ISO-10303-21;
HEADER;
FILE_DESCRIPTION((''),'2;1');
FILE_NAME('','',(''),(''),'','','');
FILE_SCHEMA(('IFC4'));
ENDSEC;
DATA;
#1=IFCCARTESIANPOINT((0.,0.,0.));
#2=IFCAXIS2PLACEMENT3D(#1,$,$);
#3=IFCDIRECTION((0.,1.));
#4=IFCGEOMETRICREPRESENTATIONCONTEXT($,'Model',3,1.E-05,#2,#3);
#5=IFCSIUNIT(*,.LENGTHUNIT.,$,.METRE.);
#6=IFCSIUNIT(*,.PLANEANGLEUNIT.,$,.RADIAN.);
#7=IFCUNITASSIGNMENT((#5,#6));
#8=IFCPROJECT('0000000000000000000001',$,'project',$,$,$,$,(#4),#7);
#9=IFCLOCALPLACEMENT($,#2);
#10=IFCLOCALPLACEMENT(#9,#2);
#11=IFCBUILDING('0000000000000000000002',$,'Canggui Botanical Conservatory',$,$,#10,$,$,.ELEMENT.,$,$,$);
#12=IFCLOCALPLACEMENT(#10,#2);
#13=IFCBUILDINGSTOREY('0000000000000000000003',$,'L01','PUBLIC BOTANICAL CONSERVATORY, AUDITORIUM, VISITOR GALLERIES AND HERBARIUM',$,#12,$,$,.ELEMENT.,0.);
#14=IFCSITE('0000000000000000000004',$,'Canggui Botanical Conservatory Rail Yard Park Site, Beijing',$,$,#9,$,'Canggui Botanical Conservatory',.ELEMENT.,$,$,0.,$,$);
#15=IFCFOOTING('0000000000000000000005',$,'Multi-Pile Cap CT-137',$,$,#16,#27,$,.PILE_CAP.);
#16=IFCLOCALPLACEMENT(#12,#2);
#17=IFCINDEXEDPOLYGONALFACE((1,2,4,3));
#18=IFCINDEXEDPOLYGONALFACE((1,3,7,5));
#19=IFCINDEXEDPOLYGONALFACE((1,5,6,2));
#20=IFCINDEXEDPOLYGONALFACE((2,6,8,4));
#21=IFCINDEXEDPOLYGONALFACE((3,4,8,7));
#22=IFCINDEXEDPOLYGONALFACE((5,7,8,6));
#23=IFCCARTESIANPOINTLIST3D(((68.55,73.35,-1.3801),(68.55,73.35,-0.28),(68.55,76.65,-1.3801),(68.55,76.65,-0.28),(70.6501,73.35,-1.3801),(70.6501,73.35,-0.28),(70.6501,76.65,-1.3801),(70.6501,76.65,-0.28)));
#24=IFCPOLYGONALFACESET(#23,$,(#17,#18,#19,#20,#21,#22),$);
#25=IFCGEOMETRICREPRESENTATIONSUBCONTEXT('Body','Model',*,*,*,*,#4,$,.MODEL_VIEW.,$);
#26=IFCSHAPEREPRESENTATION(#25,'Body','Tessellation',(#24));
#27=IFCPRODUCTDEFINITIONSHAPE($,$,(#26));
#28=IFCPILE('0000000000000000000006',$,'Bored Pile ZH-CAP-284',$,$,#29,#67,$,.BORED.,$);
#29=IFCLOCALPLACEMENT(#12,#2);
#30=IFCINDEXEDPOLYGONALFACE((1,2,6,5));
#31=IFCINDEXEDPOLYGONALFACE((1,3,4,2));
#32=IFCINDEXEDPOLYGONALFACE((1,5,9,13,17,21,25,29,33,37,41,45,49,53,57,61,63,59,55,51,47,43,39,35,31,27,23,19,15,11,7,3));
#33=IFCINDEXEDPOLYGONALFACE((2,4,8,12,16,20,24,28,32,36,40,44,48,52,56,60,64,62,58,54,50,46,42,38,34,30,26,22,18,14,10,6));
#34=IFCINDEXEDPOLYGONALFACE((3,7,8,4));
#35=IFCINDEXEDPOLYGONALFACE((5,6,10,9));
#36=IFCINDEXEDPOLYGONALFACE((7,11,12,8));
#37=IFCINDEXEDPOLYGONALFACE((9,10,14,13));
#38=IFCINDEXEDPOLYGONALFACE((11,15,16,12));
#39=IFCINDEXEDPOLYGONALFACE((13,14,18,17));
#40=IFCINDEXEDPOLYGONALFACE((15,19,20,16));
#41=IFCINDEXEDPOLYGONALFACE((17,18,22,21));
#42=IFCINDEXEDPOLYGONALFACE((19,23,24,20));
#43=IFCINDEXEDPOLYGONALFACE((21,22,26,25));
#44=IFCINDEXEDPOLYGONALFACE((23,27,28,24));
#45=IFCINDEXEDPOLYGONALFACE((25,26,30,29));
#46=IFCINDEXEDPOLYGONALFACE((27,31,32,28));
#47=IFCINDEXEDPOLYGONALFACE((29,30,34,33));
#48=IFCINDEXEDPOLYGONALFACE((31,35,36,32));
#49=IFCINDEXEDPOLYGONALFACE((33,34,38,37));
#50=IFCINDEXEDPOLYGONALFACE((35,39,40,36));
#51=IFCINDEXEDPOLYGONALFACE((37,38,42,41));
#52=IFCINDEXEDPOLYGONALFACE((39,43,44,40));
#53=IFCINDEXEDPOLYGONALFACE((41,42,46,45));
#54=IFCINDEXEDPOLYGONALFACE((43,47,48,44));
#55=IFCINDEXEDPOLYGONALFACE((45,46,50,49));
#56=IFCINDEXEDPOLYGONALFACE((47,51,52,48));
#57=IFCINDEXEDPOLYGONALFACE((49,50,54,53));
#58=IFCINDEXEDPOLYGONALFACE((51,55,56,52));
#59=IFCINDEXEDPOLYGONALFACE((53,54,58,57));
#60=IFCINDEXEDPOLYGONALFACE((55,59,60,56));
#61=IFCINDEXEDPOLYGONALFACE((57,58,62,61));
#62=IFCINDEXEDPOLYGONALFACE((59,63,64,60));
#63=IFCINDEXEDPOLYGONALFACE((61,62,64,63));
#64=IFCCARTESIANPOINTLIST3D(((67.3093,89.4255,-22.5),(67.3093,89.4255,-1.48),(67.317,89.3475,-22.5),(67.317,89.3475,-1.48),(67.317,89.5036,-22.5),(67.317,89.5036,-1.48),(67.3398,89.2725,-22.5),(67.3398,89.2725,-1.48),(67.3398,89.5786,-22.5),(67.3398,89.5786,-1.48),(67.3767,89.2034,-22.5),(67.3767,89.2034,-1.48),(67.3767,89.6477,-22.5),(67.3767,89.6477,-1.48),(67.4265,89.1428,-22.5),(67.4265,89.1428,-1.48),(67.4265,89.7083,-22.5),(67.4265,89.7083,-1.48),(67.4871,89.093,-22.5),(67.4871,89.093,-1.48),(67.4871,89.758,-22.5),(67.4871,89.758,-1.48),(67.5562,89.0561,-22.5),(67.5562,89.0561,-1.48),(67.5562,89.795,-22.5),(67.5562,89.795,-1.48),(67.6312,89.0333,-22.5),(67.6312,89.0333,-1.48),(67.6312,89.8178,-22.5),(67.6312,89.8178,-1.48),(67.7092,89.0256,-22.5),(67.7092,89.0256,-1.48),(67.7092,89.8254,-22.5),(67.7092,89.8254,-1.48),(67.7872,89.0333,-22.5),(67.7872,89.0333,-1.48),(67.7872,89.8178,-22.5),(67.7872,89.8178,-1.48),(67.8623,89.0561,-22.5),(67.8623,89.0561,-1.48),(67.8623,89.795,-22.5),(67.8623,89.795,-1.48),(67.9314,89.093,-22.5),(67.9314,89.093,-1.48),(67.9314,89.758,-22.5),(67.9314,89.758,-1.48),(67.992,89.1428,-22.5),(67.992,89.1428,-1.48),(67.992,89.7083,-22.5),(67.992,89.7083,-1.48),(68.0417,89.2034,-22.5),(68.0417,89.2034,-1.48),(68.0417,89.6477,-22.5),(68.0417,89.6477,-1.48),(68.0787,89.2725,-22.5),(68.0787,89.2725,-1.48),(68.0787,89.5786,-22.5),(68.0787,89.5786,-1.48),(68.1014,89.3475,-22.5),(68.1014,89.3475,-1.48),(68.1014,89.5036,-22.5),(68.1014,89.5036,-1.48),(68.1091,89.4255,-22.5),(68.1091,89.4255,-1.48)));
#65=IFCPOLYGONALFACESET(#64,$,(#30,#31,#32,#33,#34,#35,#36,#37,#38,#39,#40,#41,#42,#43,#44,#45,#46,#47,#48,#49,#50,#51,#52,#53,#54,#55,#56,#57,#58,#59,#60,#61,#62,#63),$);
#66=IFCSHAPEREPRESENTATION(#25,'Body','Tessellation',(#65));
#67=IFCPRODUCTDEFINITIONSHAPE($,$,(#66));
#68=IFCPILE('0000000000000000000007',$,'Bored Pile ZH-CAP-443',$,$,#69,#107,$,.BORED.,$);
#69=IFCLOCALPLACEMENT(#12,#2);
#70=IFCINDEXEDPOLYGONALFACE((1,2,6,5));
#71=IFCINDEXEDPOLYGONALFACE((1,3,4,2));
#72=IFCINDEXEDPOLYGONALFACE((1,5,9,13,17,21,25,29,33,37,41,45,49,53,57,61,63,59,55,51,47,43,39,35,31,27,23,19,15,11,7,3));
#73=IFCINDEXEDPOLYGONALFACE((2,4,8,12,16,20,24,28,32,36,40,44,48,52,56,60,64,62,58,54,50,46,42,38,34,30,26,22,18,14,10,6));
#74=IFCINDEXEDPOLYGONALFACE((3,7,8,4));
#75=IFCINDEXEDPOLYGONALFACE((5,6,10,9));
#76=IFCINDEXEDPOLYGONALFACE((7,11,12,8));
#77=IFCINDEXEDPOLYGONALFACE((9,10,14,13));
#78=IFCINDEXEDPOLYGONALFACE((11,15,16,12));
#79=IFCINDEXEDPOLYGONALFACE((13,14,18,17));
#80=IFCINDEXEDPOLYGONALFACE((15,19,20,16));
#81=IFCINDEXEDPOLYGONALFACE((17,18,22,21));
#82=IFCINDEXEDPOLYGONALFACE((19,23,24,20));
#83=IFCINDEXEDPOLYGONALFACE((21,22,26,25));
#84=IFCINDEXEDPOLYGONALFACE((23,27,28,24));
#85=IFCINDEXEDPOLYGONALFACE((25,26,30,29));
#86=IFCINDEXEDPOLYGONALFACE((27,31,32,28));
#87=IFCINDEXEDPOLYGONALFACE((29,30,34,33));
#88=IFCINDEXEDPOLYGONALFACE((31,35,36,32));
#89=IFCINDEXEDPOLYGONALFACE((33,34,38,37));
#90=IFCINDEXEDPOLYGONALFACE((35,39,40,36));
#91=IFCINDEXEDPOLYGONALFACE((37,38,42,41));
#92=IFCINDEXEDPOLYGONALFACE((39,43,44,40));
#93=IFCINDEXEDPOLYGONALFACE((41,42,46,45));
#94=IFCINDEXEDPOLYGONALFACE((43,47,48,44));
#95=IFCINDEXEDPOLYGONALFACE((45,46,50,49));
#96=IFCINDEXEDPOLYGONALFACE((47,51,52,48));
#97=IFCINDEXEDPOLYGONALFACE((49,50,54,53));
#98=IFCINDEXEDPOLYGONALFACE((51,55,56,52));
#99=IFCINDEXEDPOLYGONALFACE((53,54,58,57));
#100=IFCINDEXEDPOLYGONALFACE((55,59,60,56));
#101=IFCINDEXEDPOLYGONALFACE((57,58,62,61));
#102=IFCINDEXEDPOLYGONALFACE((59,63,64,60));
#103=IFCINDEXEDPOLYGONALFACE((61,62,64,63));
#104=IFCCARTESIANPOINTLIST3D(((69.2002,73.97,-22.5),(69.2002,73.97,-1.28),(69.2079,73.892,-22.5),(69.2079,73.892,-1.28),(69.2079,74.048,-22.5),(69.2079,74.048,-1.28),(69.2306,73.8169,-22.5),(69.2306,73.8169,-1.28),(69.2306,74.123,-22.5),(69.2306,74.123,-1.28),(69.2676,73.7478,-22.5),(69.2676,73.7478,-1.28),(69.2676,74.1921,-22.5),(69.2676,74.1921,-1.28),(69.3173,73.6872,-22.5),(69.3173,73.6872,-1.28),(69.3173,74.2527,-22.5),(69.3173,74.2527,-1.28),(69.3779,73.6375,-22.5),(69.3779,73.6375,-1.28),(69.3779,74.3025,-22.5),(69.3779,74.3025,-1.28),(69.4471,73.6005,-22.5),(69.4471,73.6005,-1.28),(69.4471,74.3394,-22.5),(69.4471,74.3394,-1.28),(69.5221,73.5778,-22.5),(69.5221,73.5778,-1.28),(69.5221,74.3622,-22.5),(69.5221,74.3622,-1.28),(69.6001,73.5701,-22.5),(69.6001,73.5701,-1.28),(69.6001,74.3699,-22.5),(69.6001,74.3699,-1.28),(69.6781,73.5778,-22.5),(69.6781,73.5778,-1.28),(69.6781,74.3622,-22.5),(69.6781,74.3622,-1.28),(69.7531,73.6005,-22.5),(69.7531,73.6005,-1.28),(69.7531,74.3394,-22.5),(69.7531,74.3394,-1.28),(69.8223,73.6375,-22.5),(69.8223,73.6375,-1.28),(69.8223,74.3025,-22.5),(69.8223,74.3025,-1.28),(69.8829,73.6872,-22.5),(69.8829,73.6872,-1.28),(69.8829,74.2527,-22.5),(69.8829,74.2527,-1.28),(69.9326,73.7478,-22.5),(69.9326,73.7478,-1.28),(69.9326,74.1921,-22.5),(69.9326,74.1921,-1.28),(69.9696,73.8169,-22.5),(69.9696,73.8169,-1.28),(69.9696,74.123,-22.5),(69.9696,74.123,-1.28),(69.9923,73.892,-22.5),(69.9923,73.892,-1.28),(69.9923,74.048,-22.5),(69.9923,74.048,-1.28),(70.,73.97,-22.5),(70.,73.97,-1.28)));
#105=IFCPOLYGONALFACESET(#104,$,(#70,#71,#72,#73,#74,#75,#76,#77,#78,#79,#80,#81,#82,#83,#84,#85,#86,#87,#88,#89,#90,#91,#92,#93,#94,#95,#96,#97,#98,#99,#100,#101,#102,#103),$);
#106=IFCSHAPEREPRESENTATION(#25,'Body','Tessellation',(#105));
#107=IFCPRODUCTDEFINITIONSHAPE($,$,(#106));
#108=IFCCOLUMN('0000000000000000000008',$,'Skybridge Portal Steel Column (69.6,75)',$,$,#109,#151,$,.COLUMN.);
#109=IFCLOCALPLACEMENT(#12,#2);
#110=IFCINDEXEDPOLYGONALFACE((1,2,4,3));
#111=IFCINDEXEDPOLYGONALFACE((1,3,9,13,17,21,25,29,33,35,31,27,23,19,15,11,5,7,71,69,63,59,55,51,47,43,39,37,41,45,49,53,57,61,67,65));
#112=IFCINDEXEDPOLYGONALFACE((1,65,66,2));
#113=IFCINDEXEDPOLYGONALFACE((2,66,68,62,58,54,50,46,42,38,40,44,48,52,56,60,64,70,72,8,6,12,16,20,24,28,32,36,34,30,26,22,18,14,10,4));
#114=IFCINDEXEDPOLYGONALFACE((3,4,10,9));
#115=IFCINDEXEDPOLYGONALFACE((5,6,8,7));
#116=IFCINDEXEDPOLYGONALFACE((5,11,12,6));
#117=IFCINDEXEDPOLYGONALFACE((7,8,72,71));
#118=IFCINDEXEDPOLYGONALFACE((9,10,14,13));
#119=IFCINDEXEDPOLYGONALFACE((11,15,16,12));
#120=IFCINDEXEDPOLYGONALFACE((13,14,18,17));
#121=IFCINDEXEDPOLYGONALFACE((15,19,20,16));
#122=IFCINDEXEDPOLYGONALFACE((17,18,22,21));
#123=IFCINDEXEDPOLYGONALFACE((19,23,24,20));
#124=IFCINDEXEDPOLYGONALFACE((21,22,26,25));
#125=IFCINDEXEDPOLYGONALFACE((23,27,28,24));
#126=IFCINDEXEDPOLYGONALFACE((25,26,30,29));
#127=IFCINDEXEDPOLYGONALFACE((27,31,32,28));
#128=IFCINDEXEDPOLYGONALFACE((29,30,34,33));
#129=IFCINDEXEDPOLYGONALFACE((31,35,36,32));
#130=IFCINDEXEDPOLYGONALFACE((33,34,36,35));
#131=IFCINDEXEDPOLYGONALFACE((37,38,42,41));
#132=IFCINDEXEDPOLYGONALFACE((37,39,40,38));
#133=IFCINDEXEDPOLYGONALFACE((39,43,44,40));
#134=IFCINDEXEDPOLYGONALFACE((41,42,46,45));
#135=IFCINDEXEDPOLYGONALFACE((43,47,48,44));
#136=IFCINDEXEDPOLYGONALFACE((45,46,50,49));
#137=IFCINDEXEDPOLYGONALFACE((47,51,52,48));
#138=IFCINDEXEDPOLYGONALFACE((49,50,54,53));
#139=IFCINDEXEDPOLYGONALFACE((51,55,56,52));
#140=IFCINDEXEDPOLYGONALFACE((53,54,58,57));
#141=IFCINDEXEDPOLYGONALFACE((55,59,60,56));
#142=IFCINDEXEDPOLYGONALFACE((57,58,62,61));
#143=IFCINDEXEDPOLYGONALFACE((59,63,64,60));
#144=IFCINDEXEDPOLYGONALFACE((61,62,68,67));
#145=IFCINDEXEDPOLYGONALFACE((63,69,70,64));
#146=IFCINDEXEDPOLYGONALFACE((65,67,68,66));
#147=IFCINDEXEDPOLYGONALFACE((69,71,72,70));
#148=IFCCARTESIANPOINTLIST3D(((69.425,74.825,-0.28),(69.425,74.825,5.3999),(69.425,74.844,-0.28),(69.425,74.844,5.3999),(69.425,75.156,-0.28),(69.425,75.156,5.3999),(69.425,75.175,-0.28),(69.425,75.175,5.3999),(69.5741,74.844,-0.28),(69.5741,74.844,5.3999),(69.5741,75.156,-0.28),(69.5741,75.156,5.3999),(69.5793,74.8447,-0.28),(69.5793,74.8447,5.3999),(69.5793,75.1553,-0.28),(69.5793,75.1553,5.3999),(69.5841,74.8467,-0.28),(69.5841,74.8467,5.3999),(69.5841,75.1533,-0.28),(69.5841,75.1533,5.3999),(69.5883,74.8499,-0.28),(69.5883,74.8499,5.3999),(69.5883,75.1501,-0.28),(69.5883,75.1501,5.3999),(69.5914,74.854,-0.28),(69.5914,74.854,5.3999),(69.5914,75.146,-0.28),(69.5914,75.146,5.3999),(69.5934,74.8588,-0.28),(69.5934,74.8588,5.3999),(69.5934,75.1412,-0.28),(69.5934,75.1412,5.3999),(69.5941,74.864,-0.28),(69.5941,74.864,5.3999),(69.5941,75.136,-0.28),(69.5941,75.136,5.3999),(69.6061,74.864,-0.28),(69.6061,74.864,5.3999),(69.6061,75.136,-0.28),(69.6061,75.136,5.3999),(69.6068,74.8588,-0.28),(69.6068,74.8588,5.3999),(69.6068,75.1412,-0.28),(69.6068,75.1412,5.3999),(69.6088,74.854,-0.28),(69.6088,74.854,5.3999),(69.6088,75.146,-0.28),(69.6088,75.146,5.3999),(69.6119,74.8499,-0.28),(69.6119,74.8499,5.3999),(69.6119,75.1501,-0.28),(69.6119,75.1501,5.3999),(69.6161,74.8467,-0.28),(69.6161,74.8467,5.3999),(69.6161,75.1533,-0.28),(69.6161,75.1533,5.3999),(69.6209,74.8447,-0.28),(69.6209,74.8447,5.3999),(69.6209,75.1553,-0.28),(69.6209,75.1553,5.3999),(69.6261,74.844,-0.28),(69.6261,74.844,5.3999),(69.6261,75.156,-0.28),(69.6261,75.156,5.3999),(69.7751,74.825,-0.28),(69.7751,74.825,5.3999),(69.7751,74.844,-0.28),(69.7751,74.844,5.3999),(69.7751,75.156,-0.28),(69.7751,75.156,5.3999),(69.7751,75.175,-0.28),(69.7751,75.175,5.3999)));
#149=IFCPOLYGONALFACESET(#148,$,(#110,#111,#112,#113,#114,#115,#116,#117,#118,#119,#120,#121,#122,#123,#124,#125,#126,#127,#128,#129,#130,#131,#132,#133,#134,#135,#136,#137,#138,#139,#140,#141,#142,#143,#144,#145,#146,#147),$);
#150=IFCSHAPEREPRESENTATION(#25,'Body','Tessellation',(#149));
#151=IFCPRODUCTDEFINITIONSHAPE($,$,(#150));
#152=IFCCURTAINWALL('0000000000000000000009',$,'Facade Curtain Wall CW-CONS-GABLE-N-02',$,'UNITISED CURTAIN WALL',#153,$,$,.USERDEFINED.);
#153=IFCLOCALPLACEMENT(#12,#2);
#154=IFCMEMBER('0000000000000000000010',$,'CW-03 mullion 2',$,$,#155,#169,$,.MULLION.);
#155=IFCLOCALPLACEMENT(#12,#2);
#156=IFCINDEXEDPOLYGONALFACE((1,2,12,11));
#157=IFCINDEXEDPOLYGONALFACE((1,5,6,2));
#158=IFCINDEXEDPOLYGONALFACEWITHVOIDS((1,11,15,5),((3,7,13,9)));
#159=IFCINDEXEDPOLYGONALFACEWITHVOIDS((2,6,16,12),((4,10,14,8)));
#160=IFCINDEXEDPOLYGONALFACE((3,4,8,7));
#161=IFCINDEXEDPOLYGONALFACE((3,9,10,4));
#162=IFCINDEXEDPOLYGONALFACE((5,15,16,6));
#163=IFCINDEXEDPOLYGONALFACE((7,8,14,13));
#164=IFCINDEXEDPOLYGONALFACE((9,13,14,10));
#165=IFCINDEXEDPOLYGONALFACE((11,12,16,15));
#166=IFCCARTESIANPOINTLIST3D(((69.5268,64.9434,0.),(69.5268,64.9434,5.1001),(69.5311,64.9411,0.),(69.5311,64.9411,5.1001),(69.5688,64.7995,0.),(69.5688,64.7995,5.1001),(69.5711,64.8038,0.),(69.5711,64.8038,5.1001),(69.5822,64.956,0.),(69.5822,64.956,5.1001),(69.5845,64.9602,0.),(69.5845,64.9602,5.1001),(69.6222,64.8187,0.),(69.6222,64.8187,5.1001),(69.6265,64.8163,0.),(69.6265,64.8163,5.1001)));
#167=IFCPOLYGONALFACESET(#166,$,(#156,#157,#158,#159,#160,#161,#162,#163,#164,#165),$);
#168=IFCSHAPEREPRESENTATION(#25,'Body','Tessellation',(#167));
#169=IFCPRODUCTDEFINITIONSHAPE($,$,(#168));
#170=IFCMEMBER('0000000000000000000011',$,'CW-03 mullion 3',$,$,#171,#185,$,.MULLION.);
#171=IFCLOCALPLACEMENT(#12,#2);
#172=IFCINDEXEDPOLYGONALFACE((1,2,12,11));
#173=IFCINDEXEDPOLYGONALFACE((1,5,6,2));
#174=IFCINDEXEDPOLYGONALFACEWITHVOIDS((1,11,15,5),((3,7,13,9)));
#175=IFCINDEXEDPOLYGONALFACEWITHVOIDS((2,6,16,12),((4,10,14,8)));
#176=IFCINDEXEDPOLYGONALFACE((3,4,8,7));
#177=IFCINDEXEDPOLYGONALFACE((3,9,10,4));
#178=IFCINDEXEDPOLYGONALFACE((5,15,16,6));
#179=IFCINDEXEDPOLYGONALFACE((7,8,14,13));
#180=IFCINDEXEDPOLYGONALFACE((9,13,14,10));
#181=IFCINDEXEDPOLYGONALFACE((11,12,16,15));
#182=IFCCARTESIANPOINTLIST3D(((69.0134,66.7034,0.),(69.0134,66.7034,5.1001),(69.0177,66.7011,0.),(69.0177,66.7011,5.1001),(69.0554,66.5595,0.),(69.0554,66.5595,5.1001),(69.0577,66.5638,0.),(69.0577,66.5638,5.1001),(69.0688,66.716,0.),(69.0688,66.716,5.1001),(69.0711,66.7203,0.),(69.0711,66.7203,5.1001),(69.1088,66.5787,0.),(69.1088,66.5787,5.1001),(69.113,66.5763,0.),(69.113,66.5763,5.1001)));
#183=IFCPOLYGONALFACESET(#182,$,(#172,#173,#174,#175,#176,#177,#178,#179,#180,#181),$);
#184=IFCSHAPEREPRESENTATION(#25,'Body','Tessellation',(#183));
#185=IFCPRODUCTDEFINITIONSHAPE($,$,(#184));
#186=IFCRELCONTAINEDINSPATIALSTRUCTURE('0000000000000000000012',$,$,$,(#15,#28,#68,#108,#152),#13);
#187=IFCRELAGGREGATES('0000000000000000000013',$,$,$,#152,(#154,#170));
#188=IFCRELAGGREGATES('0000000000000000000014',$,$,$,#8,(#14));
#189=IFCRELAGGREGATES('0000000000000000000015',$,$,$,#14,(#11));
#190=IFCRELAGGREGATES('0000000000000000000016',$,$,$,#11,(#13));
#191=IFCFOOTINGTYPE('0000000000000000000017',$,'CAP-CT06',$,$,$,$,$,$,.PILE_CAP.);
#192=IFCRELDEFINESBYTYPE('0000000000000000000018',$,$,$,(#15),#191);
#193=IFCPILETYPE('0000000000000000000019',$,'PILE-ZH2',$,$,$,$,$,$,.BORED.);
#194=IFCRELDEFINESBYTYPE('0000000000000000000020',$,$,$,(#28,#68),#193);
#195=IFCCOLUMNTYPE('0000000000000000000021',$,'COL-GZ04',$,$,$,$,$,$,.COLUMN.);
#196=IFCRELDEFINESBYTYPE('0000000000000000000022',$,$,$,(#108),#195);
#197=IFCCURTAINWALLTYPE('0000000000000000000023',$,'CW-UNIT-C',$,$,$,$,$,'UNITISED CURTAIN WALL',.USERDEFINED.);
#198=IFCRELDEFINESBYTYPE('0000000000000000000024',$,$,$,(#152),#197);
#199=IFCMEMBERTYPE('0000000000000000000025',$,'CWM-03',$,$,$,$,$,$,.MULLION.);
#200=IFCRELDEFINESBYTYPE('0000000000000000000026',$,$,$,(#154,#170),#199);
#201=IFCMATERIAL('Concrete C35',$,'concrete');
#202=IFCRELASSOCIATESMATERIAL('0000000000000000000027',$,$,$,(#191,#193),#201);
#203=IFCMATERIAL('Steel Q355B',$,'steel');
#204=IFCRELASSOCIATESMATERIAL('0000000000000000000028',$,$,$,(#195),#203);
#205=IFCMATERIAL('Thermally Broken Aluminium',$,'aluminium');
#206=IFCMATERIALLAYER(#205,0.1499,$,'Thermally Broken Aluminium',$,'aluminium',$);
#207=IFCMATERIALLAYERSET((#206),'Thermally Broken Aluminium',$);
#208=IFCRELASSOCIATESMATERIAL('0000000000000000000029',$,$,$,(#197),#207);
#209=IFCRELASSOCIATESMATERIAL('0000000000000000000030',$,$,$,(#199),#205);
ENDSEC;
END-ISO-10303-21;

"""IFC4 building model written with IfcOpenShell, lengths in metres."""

from ifc_helpers import new_model, si_unit, direction, frame, origin, origin_2d, place, context, subcontext, project, spatial, rectangle, hollow_rectangle, circle, i_section, extrude, material, layer, layer_set, material_profile, profile_set, type_object, element, aggregate, save


model = new_model("IFC4")

# Units and contexts
model_context = context("Model", 3, precision=1e-05, world=origin(), true_north=direction((0.0, 1.0)))
body_context = subcontext(model_context, "Body", "Model", "MODEL_VIEW")
ifc_project = project(units=[si_unit("LENGTHUNIT", "METRE"), si_unit("PLANEANGLEUNIT", "RADIAN")], contexts=[model_context])

# Site, building, storey
site_placement = place(None, origin())
site = spatial("IfcSite", under=ifc_project, at=site_placement, Name="Canggui Botanical Conservatory Rail Yard Park Site, Beijing", LongName="Canggui Botanical Conservatory", CompositionType="ELEMENT", RefElevation=0.0)
building_placement = place(site_placement, origin())
building = spatial("IfcBuilding", under=site, at=building_placement, Name="Canggui Botanical Conservatory", CompositionType="ELEMENT")
storey_placement = place(building_placement, origin())
storey = spatial("IfcBuildingStorey", under=building, at=storey_placement, Name="L01", Description="PUBLIC BOTANICAL CONSERVATORY, AUDITORIUM, VISITOR GALLERIES AND HERBARIUM", CompositionType="ELEMENT", Elevation=0.0)

# Footing
ifc_material_1 = material(Name="Concrete C35", Category="concrete")
footing_type = type_object("IfcFootingType", Name="CAP-CT06", PredefinedType="PILE_CAP", material=ifc_material_1)
footing_placement = place(storey_placement, frame((69.6001, 75.0, -1.3801), z_axis=(0.0, 0.0, 1.0), x_axis=(0.0, 1.0, 0.0)))
element("IfcFooting", 1, at=footing_placement, inside=storey, type_object=footing_type, Name="Multi-Pile Cap CT-137", PredefinedType="PILE_CAP", context=body_context, shape_type="SweptSolid", body=[
    extrude(rectangle(XDim=3.3, YDim=2.1001, at=origin_2d()), origin(), (0.0, 0.0, 1.0), 1.1001),
])

# Piles
ifc_material_profile_1 = material_profile(ifc_material_1, circle(Radius=0.3999, at=origin_2d()), Name="PILE D800")
ifc_profile_set_1 = profile_set([ifc_material_profile_1], Name="Concrete C35")
pile_type = type_object("IfcPileType", Name="PILE-ZH2", PredefinedType="BORED", material=ifc_profile_set_1)
pile_1_placement = place(storey_placement, frame((67.7092, 89.4255, -1.48), z_axis=(0.0, 0.0, -1.0), x_axis=(1.0, 0.0, 0.0)))
element("IfcPile", 2, at=pile_1_placement, inside=storey, type_object=pile_type, Name="Bored Pile ZH-CAP-284", PredefinedType="BORED", context=body_context, shape_type="SweptSolid", body=[
    extrude(circle(Radius=0.3999, at=origin_2d()), origin(), (0.0, 0.0, 1.0), 21.02),
])
pile_2_placement = place(storey_placement, frame((69.6001, 73.97, -1.28), z_axis=(0.0, 0.0, -1.0), x_axis=(1.0, 0.0, 0.0)))
element("IfcPile", 3, at=pile_2_placement, inside=storey, type_object=pile_type, Name="Bored Pile ZH-CAP-443", PredefinedType="BORED", context=body_context, shape_type="SweptSolid", body=[
    extrude(circle(Radius=0.3999, at=origin_2d()), origin(), (0.0, 0.0, 1.0), 21.22),
])

# Column
ifc_material_2 = material(Name="Steel Q355B", Category="steel")
ifc_material_profile_2 = material_profile(ifc_material_2, i_section(OverallWidth=0.3501, OverallDepth=0.3501, WebThickness=0.012, FlangeThickness=0.019, FilletRadius=0.02, at=origin_2d()), Name="HW 350x350x12x19")
ifc_profile_set_2 = profile_set([ifc_material_profile_2], Name="Steel Q355B")
column_type = type_object("IfcColumnType", Name="COL-GZ04", PredefinedType="COLUMN", material=ifc_profile_set_2)
column_placement = place(storey_placement, frame((69.6001, 75.0, -0.28), z_axis=(0.0, 0.0, 1.0), x_axis=(1.0, 0.0, 0.0)))
element("IfcColumn", 4, at=column_placement, inside=storey, type_object=column_type, Name="Skybridge Portal Steel Column (69.6,75)", PredefinedType="COLUMN", context=body_context, shape_type="SweptSolid", body=[
    extrude(i_section(OverallWidth=0.3501, OverallDepth=0.3501, WebThickness=0.012, FlangeThickness=0.019, FilletRadius=0.02, at=origin_2d()), origin(), (0.0, 0.0, 1.0), 5.6799),
])

# Curtain wall, members
ifc_material_3 = material(Name="Thermally Broken Aluminium", Category="aluminium")
ifc_layer_1 = layer(ifc_material_3, 0.1499, Name="Thermally Broken Aluminium", Category="aluminium")
ifc_layer_set_1 = layer_set([ifc_layer_1], Name="Thermally Broken Aluminium")
curtain_wall_type = type_object("IfcCurtainWallType", Name="CW-UNIT-C", ElementType="UNITISED CURTAIN WALL", PredefinedType="USERDEFINED", material=ifc_layer_set_1)
curtain_wall_1_placement = place(storey_placement, origin())
curtain_wall_1 = element("IfcCurtainWall", 5, at=curtain_wall_1_placement, inside=storey, type_object=curtain_wall_type, Name="Facade Curtain Wall CW-CONS-GABLE-N-02", ObjectType="UNITISED CURTAIN WALL", PredefinedType="USERDEFINED")
ifc_material_profile_3 = material_profile(ifc_material_3, hollow_rectangle(XDim=0.0601, YDim=0.1499, WallThickness=0.0034, at=origin_2d()), Name="CWM 60x150x3.5")
ifc_profile_set_3 = profile_set([ifc_material_profile_3], Name="Thermally Broken Aluminium")
member_type_1 = type_object("IfcMemberType", Name="CWM-03", PredefinedType="MULLION", material=ifc_profile_set_3)
member_1_placement = place(storey_placement, frame((69.5767, 64.8799, 0.0), z_axis=(0.0, 0.0, 1.0), x_axis=(-0.96, -0.28, 0.0)))
member_1 = element("IfcMember", 6, at=member_1_placement, type_object=member_type_1, Name="CW-03 mullion 2", PredefinedType="MULLION", context=body_context, shape_type="SweptSolid", body=[
    extrude(hollow_rectangle(XDim=0.0601, YDim=0.1499, WallThickness=0.0034, at=origin_2d()), origin(), (0.0, 0.0, 1.0), 5.1001),
])
member_2_placement = place(storey_placement, frame((69.0632, 66.6399, 0.0), z_axis=(0.0, 0.0, 1.0), x_axis=(-0.96, -0.28, 0.0)))
member_2 = element("IfcMember", 7, at=member_2_placement, type_object=member_type_1, Name="CW-03 mullion 3", PredefinedType="MULLION", context=body_context, shape_type="SweptSolid", body=[
    extrude(hollow_rectangle(XDim=0.0601, YDim=0.1499, WallThickness=0.0034, at=origin_2d()), origin(), (0.0, 0.0, 1.0), 5.1001),
])

aggregate(curtain_wall_1, [member_1, member_2])

save(model, "model.ifc")
